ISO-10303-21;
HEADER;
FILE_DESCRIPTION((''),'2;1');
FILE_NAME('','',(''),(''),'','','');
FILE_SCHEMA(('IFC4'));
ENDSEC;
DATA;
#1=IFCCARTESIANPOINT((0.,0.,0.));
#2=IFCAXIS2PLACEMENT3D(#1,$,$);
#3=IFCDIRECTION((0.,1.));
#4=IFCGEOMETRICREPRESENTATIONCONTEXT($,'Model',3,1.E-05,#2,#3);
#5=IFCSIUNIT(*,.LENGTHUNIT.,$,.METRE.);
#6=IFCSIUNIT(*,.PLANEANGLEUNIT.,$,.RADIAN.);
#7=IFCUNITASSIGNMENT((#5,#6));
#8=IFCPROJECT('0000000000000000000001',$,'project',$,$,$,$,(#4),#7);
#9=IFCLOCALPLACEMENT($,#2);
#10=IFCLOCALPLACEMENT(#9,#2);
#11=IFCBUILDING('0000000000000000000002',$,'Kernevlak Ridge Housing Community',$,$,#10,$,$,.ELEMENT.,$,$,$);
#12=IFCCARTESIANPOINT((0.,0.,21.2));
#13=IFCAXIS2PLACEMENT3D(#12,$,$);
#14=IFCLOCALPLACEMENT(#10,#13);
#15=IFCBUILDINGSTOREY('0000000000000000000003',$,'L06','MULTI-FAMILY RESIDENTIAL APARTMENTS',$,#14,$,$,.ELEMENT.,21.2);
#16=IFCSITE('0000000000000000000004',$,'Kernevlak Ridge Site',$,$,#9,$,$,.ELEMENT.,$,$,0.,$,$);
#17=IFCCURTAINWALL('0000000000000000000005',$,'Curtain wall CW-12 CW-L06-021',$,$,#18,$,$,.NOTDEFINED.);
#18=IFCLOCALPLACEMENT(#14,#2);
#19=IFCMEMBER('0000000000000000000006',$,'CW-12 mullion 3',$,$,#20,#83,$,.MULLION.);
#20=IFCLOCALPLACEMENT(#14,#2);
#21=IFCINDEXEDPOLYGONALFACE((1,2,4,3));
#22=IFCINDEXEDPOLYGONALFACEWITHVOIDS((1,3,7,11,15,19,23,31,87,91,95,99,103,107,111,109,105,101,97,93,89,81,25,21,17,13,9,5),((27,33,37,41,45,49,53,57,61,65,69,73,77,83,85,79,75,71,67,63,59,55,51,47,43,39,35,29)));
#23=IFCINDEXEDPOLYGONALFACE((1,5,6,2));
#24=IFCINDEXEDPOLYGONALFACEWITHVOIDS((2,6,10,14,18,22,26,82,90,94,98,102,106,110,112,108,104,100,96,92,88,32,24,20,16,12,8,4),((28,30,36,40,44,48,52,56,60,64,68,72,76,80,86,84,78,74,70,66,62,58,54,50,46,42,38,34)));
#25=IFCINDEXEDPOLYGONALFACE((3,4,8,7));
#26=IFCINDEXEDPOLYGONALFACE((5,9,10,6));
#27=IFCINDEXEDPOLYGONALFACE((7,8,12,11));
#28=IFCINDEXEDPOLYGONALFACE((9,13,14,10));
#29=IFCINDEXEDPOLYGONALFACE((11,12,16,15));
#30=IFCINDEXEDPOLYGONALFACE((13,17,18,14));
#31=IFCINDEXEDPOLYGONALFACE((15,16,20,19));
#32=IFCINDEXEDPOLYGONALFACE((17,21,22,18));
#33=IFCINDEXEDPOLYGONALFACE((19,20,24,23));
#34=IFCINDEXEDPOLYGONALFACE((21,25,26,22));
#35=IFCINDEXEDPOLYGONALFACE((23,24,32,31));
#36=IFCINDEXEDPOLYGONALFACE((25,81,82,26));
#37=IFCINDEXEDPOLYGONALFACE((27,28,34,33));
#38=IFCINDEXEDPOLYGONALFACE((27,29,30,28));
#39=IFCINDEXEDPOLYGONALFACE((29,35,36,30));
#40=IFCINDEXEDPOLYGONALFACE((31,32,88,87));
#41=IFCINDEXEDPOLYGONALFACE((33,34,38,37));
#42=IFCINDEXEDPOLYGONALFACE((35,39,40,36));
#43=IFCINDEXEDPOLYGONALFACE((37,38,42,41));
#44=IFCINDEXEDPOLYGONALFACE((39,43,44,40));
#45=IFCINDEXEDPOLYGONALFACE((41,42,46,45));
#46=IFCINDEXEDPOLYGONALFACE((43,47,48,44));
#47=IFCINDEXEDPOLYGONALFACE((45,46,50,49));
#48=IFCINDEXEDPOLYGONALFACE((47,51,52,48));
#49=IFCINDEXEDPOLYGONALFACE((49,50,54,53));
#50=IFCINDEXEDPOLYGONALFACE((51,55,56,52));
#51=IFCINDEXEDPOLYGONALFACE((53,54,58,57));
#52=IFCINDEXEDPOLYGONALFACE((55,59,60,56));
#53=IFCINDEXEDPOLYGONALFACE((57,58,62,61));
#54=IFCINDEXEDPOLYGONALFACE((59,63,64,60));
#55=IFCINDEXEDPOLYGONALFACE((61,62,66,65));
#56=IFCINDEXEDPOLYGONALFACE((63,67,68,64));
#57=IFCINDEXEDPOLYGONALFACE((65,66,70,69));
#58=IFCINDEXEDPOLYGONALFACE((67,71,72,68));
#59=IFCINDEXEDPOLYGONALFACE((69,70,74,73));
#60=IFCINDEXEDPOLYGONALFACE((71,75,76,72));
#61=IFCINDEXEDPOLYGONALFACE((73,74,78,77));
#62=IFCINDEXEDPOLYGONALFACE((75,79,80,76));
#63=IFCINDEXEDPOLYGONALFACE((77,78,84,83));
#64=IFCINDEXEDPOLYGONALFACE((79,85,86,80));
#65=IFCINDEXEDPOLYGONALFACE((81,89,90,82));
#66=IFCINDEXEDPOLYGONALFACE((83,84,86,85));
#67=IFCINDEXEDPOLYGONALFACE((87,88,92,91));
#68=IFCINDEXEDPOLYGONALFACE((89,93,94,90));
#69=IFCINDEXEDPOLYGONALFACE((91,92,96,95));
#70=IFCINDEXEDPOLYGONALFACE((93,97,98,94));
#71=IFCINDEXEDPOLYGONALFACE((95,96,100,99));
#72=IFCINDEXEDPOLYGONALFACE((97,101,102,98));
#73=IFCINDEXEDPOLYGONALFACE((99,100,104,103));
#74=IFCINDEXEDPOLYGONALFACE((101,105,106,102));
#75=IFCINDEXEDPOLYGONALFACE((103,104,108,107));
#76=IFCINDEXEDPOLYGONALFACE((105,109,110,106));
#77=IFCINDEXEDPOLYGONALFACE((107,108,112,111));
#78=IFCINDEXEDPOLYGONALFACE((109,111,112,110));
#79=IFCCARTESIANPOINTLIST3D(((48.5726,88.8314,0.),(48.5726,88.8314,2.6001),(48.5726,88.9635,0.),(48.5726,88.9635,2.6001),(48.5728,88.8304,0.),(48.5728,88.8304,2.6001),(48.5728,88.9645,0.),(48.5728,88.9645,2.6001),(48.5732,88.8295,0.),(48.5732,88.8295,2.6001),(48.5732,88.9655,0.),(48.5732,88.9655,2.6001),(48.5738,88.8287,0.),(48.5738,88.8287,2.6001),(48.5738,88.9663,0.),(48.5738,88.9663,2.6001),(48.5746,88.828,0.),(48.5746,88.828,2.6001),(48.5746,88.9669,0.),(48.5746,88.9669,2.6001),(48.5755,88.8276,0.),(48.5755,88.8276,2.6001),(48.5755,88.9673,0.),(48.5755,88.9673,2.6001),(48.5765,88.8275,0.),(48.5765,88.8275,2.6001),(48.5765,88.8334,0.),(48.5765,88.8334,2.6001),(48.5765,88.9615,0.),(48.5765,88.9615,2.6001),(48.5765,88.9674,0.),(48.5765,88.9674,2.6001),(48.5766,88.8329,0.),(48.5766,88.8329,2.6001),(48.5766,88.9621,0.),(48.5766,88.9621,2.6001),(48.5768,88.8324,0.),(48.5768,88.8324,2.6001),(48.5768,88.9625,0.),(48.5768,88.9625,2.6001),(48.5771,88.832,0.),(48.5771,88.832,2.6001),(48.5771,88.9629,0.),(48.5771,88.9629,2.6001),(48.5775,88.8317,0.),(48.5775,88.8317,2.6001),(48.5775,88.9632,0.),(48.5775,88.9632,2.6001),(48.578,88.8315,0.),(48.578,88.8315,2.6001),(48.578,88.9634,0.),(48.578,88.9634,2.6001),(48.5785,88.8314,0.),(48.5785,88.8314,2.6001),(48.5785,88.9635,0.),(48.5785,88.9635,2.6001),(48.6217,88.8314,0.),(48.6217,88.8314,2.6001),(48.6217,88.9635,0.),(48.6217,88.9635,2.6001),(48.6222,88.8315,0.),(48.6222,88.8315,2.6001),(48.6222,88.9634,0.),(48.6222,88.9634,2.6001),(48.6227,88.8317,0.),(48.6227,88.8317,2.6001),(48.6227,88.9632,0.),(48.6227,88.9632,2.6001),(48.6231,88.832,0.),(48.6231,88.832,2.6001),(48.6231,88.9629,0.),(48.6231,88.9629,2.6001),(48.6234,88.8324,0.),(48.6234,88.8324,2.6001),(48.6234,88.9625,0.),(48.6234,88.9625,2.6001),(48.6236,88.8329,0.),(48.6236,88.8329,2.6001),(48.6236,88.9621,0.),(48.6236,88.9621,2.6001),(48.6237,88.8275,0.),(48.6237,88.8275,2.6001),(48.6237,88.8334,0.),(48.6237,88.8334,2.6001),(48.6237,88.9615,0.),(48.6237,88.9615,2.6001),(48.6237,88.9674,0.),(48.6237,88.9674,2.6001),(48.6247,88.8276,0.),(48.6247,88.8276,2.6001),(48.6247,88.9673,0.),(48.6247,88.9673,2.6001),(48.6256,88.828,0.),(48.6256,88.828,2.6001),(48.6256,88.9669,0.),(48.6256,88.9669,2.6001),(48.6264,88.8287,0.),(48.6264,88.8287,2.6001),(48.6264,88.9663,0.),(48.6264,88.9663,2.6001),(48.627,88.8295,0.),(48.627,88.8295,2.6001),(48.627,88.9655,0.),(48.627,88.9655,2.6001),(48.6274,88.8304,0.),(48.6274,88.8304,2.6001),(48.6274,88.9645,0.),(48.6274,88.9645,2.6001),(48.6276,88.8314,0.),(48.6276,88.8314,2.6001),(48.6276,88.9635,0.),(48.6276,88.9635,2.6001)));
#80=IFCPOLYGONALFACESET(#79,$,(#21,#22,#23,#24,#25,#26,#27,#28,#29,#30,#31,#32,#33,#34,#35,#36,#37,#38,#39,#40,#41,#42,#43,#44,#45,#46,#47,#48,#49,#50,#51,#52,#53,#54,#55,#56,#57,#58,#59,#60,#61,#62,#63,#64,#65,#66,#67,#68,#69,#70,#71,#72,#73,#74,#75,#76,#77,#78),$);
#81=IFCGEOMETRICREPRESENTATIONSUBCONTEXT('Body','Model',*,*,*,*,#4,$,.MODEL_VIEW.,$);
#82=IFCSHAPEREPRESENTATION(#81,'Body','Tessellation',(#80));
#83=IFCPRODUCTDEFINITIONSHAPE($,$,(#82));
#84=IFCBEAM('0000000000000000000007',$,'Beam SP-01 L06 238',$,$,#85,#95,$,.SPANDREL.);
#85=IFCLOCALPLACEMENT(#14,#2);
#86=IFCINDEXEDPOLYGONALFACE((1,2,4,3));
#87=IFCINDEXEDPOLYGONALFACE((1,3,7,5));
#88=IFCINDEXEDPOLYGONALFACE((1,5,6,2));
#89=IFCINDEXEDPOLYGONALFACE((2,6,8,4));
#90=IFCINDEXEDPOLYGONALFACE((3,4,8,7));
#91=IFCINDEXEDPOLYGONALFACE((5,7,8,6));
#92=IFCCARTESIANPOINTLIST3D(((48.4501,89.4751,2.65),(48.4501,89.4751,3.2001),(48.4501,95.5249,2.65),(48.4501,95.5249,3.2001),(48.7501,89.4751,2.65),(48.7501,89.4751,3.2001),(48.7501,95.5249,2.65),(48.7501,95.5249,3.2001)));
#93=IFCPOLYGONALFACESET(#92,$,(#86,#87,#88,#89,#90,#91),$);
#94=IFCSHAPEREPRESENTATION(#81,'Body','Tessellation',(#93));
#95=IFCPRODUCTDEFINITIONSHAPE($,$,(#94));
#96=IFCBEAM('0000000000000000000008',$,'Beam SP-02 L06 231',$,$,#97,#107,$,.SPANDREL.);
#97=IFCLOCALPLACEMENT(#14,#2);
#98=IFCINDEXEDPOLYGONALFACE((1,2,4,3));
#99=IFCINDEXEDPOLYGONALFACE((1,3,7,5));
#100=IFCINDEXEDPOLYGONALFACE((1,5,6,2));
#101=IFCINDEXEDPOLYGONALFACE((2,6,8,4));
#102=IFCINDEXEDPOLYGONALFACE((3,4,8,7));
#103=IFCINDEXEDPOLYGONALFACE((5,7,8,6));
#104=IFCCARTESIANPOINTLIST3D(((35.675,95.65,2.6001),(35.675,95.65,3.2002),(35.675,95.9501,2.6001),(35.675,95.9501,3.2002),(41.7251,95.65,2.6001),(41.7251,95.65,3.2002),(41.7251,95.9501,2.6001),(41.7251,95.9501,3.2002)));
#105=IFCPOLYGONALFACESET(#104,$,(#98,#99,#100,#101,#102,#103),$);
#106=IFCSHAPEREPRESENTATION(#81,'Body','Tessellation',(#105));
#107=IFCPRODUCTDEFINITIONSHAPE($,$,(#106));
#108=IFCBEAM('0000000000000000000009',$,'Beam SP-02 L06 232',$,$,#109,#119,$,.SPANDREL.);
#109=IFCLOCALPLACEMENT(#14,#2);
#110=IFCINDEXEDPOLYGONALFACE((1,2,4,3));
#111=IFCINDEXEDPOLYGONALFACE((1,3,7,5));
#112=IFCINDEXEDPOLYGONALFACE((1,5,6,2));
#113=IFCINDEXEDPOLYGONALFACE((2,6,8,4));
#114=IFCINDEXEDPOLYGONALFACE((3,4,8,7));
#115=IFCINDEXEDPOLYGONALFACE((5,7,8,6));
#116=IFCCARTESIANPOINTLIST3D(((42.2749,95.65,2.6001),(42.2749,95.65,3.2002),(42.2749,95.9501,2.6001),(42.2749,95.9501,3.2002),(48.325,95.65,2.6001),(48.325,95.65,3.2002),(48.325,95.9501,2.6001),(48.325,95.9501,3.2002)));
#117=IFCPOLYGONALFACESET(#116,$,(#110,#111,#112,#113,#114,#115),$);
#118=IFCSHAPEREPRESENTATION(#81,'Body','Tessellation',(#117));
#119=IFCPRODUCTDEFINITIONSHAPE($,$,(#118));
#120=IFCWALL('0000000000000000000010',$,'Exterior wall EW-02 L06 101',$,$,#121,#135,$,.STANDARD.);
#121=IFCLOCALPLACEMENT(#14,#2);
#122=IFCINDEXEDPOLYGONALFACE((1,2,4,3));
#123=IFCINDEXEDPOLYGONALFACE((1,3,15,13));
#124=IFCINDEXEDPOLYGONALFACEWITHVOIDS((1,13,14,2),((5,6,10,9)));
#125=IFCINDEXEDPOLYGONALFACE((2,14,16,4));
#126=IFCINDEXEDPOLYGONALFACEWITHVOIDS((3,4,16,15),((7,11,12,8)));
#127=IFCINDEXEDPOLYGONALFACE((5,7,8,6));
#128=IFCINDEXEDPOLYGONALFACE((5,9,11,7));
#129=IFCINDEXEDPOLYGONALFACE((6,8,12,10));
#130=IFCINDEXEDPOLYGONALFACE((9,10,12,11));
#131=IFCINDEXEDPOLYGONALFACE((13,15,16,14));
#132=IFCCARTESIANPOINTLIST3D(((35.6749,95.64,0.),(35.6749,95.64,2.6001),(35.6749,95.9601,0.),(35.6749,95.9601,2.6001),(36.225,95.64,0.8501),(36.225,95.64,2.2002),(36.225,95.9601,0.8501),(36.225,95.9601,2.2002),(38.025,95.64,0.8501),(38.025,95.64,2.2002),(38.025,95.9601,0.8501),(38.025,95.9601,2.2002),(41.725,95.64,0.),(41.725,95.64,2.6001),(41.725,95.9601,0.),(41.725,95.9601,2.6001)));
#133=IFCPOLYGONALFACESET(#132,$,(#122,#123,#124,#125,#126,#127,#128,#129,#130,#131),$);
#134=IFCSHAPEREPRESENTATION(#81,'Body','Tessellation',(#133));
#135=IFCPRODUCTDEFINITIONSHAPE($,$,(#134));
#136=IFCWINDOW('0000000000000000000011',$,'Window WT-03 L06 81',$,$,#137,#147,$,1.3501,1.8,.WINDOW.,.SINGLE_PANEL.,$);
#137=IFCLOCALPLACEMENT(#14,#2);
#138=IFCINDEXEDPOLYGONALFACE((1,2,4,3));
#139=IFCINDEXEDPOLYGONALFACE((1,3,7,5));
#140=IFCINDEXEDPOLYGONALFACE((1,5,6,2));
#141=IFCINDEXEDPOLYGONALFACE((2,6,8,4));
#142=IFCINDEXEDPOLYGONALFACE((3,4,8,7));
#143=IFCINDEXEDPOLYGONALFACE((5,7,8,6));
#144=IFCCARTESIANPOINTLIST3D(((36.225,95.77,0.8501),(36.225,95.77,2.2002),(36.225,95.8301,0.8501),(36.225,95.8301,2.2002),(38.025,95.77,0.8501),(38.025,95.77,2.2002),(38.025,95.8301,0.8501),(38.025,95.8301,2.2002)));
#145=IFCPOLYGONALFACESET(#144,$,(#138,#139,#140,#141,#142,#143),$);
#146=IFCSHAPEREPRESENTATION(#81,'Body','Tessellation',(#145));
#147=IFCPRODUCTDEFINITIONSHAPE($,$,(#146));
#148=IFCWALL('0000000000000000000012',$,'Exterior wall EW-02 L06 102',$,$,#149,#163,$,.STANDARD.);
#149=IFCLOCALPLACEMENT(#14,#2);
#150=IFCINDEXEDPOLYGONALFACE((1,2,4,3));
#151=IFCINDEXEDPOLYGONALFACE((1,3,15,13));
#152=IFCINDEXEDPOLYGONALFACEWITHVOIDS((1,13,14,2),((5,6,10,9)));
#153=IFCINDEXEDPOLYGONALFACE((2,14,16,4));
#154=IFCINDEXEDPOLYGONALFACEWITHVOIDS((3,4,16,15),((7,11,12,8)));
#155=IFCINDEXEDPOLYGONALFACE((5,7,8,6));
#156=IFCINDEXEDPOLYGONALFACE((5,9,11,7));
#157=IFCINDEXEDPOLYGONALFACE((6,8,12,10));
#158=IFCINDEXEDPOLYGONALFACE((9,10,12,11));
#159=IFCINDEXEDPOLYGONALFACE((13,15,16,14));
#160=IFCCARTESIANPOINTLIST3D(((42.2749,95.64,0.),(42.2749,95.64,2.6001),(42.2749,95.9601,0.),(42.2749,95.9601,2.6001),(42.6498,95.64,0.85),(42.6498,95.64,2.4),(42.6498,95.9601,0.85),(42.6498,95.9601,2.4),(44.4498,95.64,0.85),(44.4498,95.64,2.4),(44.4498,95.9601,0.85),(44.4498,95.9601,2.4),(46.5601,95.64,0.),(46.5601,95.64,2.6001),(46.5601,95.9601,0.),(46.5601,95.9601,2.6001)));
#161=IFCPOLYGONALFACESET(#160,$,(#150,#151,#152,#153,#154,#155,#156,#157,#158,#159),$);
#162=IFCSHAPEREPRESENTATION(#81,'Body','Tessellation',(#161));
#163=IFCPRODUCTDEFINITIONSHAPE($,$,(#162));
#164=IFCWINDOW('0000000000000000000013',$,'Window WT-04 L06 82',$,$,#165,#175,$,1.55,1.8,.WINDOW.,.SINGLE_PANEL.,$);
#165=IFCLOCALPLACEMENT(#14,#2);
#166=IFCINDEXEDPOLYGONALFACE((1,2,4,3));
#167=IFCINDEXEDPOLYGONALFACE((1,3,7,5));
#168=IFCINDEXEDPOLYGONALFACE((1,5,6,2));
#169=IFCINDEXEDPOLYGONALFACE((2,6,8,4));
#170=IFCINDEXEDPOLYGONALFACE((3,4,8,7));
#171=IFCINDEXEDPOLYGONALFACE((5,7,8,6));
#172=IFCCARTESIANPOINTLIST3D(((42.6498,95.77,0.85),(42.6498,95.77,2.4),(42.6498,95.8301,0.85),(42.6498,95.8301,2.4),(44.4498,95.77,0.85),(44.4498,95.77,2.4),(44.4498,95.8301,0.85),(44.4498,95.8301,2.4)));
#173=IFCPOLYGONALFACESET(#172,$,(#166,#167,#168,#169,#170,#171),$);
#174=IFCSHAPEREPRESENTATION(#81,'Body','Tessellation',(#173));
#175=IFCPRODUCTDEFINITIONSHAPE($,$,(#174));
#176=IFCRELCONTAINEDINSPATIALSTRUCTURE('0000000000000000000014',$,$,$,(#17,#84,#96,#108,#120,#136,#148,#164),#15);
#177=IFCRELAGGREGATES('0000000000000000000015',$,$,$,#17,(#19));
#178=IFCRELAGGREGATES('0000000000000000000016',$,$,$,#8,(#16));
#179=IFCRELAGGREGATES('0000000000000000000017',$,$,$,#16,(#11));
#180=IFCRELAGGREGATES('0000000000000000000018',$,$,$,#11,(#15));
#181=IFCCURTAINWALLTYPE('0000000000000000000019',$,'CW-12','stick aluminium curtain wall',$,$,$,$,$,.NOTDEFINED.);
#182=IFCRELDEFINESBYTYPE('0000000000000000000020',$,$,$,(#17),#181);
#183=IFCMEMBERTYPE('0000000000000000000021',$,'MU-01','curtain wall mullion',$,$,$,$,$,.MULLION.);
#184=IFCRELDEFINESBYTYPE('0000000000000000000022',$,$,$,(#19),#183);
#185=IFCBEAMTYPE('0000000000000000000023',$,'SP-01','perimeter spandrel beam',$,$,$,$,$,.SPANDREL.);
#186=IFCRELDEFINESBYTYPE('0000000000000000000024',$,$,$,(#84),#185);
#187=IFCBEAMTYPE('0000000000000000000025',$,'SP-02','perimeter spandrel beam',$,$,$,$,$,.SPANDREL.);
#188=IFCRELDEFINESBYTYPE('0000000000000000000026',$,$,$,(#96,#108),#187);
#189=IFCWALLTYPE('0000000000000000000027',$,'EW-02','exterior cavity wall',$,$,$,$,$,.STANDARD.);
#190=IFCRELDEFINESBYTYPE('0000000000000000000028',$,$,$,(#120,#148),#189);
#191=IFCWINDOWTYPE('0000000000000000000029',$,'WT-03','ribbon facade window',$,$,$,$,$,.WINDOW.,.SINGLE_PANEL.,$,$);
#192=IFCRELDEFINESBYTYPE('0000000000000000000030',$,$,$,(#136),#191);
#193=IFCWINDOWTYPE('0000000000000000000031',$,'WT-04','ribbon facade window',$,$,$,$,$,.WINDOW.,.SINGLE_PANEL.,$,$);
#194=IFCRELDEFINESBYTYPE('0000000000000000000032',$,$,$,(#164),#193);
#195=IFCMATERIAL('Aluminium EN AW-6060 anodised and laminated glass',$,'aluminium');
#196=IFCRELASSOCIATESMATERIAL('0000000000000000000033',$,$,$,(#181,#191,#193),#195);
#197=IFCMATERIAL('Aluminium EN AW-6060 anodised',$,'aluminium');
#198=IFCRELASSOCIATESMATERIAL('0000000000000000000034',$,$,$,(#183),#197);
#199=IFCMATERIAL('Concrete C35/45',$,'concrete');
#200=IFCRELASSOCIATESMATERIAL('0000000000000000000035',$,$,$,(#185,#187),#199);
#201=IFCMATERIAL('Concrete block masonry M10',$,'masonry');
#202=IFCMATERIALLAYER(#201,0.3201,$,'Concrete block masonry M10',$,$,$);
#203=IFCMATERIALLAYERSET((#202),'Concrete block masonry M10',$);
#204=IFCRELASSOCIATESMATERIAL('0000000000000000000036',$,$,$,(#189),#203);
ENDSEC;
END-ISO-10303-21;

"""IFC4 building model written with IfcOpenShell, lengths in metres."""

from ifc_helpers import new_model, si_unit, direction, frame, frame_2d, origin, origin_2d, place, context, subcontext, project, spatial, rectangle, hollow_rectangle, extrude, material, layer, layer_set, material_profile, profile_set, type_object, element, fill, aggregate, save


model = new_model("IFC4")

# Units and contexts
model_context = context("Model", 3, precision=1e-05, world=origin(), true_north=direction((0.0, 1.0)))
body_context = subcontext(model_context, "Body", "Model", "MODEL_VIEW")
ifc_project = project(units=[si_unit("LENGTHUNIT", "METRE"), si_unit("PLANEANGLEUNIT", "RADIAN")], contexts=[model_context])

# Site, building, storey
site_placement = place(None, origin())
site = spatial("IfcSite", under=ifc_project, at=site_placement, Name="Kernevlak Ridge Site", CompositionType="ELEMENT", RefElevation=0.0)
building_placement = place(site_placement, origin())
building = spatial("IfcBuilding", under=site, at=building_placement, Name="Kernevlak Ridge Housing Community", CompositionType="ELEMENT")
storey_placement = place(building_placement, frame((0.0, 0.0, 21.2)))
storey = spatial("IfcBuildingStorey", under=building, at=storey_placement, Name="L06", Description="MULTI-FAMILY RESIDENTIAL APARTMENTS", CompositionType="ELEMENT", Elevation=21.2)

# Shared definitions
ifc_material_1 = material(Name="Concrete C35/45", Category="concrete")

# Curtain wall, member
ifc_material_2 = material(Name="Aluminium EN AW-6060 anodised and laminated glass", Category="aluminium")
curtain_wall_type = type_object("IfcCurtainWallType", Name="CW-12", Description="stick aluminium curtain wall", PredefinedType="NOTDEFINED", material=ifc_material_2)
curtain_wall_placement = place(storey_placement, origin())
curtain_wall = element("IfcCurtainWall", 1, at=curtain_wall_placement, inside=storey, type_object=curtain_wall_type, Name="Curtain wall CW-12 CW-L06-021", PredefinedType="NOTDEFINED")
ifc_material_3 = material(Name="Aluminium EN AW-6060 anodised", Category="aluminium")
ifc_material_profile_1 = material_profile(ifc_material_3, hollow_rectangle(XDim=0.0549, YDim=0.1399, WallThickness=0.0039, InnerFilletRadius=0.002, OuterFilletRadius=0.0039, at=origin_2d()), Name="ALU 55x140x4")
ifc_profile_set_1 = profile_set([ifc_material_profile_1], Name="Aluminium EN AW-6060 anodised")
member_type = type_object("IfcMemberType", Name="MU-01", Description="curtain wall mullion", PredefinedType="MULLION", material=ifc_profile_set_1)
member_1_placement = place(storey_placement, frame((48.6001, 88.8975, 0.0), z_axis=(0.0, 0.0, 1.0), x_axis=(-1.0, 0.0, 0.0)))
member_1 = element("IfcMember", 2, at=member_1_placement, type_object=member_type, Name="CW-12 mullion 3", PredefinedType="MULLION", context=body_context, shape_type="SweptSolid", body=[
    extrude(hollow_rectangle(XDim=0.0549, YDim=0.1399, WallThickness=0.0039, InnerFilletRadius=0.002, OuterFilletRadius=0.0039, at=origin_2d()), origin(), (0.0, 0.0, 1.0), 2.6001),
])
aggregate(curtain_wall, [member_1])

# Beams
ifc_material_profile_2 = material_profile(ifc_material_1, rectangle(XDim=0.3, YDim=0.55, at=origin_2d()), Name="RC 300x550")
ifc_profile_set_2 = profile_set([ifc_material_profile_2], Name="Concrete C35/45")
beam_type_1 = type_object("IfcBeamType", Name="SP-01", Description="perimeter spandrel beam", PredefinedType="SPANDREL", material=ifc_profile_set_2)
beam_placement = place(storey_placement, frame((48.6001, 89.4751, 2.925), z_axis=(0.0, 1.0, 0.0), x_axis=(-1.0, 0.0, 0.0)))
element("IfcBeam", 3, at=beam_placement, inside=storey, type_object=beam_type_1, Name="Beam SP-01 L06 238", PredefinedType="SPANDREL", context=body_context, shape_type="SweptSolid", body=[
    extrude(rectangle(XDim=0.3, YDim=0.55, at=origin_2d()), origin(), (0.0, 0.0, 1.0), 6.0498),
])
ifc_material_profile_3 = material_profile(ifc_material_1, rectangle(XDim=0.3, YDim=0.6001, at=origin_2d()), Name="RC 300x600")
ifc_profile_set_3 = profile_set([ifc_material_profile_3], Name="Concrete C35/45")
beam_type_2 = type_object("IfcBeamType", Name="SP-02", Description="perimeter spandrel beam", PredefinedType="SPANDREL", material=ifc_profile_set_3)
for number, where, z_axis, x_axis, name in (
    (4, (35.675, 95.8, 2.9001), (1.0, 0.0, 0.0), (0.0, 1.0, 0.0), "Beam SP-02 L06 231"),
    (5, (42.2749, 95.8, 2.9001), (1.0, 0.0, 0.0), (0.0, 1.0, 0.0), "Beam SP-02 L06 232"),
):
    element("IfcBeam", number, at=place(storey_placement, frame(where, z_axis=z_axis, x_axis=x_axis)), inside=storey, type_object=beam_type_2, Name=name, PredefinedType="SPANDREL", context=body_context, shape_type="SweptSolid", body=[
        extrude(rectangle(XDim=0.3, YDim=0.6001, at=origin_2d()), origin(), (0.0, 0.0, 1.0), 6.05),
    ])

# Walls, openings, windows
ifc_material_4 = material(Name="Concrete block masonry M10", Category="masonry")
ifc_layer_1 = layer(ifc_material_4, 0.3201, Name="Concrete block masonry M10")
ifc_layer_set_1 = layer_set([ifc_layer_1], Name="Concrete block masonry M10")
wall_type_1 = type_object("IfcWallType", Name="EW-02", Description="exterior cavity wall", PredefinedType="STANDARD", material=ifc_layer_set_1)
wall_1_placement = place(storey_placement, frame((35.675, 95.8, 0.0), z_axis=(0.0, 0.0, 1.0), x_axis=(1.0, 0.0, 0.0)))
wall_1 = element("IfcWall", 6, at=wall_1_placement, inside=storey, type_object=wall_type_1, Name="Exterior wall EW-02 L06 101", PredefinedType="STANDARD", context=body_context, shape_type="SweptSolid", body=[
    extrude(rectangle(XDim=6.05, YDim=0.3201, at=frame_2d((3.0249, 0.0))), origin(), (0.0, 0.0, 1.0), 2.6001),
])
opening_1_placement = place(wall_1_placement, frame((0.55, 0.0, 0.8501)))
opening_1 = element("IfcOpeningElement", 7, at=opening_1_placement, cuts=wall_1, PredefinedType="OPENING", context=body_context, shape_type="SweptSolid", body=[
    extrude(rectangle(XDim=1.8, YDim=1.3501, at=frame_2d((0.8999, 0.675))), frame((0.0, 0.1699, 0.0), z_axis=(0.0, -1.0, 0.0), x_axis=(1.0, 0.0, 0.0)), (0.0, 0.0, 1.0), 0.3401),
])
window_type_1 = type_object("IfcWindowType", Name="WT-03", Description="ribbon facade window", PartitioningType="SINGLE_PANEL", PredefinedType="WINDOW", material=ifc_material_2)
window_1_placement = place(opening_1_placement, origin())
window_1 = element("IfcWindow", 8, at=window_1_placement, inside=storey, type_object=window_type_1, Name="Window WT-03 L06 81", OverallHeight=1.3501, OverallWidth=1.8, PartitioningType="SINGLE_PANEL", PredefinedType="WINDOW", context=body_context, shape_type="SweptSolid", body=[
    extrude(rectangle(XDim=1.8, YDim=1.3501, at=frame_2d((0.8999, 0.675))), frame((0.0, 0.03, 0.0), z_axis=(0.0, -1.0, 0.0), x_axis=(1.0, 0.0, 0.0)), (0.0, 0.0, 1.0), 0.0601),
])
fill(opening_1, window_1)
wall_2_placement = place(storey_placement, frame((42.2749, 95.8, 0.0), z_axis=(0.0, 0.0, 1.0), x_axis=(1.0, 0.0, 0.0)))
wall_2 = element("IfcWall", 9, at=wall_2_placement, inside=storey, type_object=wall_type_1, Name="Exterior wall EW-02 L06 102", PredefinedType="STANDARD", context=body_context, shape_type="SweptSolid", body=[
    extrude(rectangle(XDim=4.2852, YDim=0.3201, at=frame_2d((2.1426, 0.0))), origin(), (0.0, 0.0, 1.0), 2.6001),
])
opening_2_placement = place(wall_2_placement, frame((0.375, 0.0, 0.8501)))
opening_2 = element("IfcOpeningElement", 10, at=opening_2_placement, cuts=wall_2, PredefinedType="OPENING", context=body_context, shape_type="SweptSolid", body=[
    extrude(rectangle(XDim=1.8, YDim=1.55, at=frame_2d((0.8999, 0.7749))), frame((0.0, 0.1699, 0.0), z_axis=(0.0, -1.0, 0.0), x_axis=(1.0, 0.0, 0.0)), (0.0, 0.0, 1.0), 0.3401),
])
window_type_2 = type_object("IfcWindowType", Name="WT-04", Description="ribbon facade window", PartitioningType="SINGLE_PANEL", PredefinedType="WINDOW", material=ifc_material_2)
window_2_placement = place(opening_2_placement, origin())
window_2 = element("IfcWindow", 11, at=window_2_placement, inside=storey, type_object=window_type_2, Name="Window WT-04 L06 82", OverallHeight=1.55, OverallWidth=1.8, PartitioningType="SINGLE_PANEL", PredefinedType="WINDOW", context=body_context, shape_type="SweptSolid", body=[
    extrude(rectangle(XDim=1.8, YDim=1.55, at=frame_2d((0.8999, 0.7749))), frame((0.0, 0.03, 0.0), z_axis=(0.0, -1.0, 0.0), x_axis=(1.0, 0.0, 0.0)), (0.0, 0.0, 1.0), 0.0601),
])
fill(opening_2, window_2)

save(model, "model.ifc")
